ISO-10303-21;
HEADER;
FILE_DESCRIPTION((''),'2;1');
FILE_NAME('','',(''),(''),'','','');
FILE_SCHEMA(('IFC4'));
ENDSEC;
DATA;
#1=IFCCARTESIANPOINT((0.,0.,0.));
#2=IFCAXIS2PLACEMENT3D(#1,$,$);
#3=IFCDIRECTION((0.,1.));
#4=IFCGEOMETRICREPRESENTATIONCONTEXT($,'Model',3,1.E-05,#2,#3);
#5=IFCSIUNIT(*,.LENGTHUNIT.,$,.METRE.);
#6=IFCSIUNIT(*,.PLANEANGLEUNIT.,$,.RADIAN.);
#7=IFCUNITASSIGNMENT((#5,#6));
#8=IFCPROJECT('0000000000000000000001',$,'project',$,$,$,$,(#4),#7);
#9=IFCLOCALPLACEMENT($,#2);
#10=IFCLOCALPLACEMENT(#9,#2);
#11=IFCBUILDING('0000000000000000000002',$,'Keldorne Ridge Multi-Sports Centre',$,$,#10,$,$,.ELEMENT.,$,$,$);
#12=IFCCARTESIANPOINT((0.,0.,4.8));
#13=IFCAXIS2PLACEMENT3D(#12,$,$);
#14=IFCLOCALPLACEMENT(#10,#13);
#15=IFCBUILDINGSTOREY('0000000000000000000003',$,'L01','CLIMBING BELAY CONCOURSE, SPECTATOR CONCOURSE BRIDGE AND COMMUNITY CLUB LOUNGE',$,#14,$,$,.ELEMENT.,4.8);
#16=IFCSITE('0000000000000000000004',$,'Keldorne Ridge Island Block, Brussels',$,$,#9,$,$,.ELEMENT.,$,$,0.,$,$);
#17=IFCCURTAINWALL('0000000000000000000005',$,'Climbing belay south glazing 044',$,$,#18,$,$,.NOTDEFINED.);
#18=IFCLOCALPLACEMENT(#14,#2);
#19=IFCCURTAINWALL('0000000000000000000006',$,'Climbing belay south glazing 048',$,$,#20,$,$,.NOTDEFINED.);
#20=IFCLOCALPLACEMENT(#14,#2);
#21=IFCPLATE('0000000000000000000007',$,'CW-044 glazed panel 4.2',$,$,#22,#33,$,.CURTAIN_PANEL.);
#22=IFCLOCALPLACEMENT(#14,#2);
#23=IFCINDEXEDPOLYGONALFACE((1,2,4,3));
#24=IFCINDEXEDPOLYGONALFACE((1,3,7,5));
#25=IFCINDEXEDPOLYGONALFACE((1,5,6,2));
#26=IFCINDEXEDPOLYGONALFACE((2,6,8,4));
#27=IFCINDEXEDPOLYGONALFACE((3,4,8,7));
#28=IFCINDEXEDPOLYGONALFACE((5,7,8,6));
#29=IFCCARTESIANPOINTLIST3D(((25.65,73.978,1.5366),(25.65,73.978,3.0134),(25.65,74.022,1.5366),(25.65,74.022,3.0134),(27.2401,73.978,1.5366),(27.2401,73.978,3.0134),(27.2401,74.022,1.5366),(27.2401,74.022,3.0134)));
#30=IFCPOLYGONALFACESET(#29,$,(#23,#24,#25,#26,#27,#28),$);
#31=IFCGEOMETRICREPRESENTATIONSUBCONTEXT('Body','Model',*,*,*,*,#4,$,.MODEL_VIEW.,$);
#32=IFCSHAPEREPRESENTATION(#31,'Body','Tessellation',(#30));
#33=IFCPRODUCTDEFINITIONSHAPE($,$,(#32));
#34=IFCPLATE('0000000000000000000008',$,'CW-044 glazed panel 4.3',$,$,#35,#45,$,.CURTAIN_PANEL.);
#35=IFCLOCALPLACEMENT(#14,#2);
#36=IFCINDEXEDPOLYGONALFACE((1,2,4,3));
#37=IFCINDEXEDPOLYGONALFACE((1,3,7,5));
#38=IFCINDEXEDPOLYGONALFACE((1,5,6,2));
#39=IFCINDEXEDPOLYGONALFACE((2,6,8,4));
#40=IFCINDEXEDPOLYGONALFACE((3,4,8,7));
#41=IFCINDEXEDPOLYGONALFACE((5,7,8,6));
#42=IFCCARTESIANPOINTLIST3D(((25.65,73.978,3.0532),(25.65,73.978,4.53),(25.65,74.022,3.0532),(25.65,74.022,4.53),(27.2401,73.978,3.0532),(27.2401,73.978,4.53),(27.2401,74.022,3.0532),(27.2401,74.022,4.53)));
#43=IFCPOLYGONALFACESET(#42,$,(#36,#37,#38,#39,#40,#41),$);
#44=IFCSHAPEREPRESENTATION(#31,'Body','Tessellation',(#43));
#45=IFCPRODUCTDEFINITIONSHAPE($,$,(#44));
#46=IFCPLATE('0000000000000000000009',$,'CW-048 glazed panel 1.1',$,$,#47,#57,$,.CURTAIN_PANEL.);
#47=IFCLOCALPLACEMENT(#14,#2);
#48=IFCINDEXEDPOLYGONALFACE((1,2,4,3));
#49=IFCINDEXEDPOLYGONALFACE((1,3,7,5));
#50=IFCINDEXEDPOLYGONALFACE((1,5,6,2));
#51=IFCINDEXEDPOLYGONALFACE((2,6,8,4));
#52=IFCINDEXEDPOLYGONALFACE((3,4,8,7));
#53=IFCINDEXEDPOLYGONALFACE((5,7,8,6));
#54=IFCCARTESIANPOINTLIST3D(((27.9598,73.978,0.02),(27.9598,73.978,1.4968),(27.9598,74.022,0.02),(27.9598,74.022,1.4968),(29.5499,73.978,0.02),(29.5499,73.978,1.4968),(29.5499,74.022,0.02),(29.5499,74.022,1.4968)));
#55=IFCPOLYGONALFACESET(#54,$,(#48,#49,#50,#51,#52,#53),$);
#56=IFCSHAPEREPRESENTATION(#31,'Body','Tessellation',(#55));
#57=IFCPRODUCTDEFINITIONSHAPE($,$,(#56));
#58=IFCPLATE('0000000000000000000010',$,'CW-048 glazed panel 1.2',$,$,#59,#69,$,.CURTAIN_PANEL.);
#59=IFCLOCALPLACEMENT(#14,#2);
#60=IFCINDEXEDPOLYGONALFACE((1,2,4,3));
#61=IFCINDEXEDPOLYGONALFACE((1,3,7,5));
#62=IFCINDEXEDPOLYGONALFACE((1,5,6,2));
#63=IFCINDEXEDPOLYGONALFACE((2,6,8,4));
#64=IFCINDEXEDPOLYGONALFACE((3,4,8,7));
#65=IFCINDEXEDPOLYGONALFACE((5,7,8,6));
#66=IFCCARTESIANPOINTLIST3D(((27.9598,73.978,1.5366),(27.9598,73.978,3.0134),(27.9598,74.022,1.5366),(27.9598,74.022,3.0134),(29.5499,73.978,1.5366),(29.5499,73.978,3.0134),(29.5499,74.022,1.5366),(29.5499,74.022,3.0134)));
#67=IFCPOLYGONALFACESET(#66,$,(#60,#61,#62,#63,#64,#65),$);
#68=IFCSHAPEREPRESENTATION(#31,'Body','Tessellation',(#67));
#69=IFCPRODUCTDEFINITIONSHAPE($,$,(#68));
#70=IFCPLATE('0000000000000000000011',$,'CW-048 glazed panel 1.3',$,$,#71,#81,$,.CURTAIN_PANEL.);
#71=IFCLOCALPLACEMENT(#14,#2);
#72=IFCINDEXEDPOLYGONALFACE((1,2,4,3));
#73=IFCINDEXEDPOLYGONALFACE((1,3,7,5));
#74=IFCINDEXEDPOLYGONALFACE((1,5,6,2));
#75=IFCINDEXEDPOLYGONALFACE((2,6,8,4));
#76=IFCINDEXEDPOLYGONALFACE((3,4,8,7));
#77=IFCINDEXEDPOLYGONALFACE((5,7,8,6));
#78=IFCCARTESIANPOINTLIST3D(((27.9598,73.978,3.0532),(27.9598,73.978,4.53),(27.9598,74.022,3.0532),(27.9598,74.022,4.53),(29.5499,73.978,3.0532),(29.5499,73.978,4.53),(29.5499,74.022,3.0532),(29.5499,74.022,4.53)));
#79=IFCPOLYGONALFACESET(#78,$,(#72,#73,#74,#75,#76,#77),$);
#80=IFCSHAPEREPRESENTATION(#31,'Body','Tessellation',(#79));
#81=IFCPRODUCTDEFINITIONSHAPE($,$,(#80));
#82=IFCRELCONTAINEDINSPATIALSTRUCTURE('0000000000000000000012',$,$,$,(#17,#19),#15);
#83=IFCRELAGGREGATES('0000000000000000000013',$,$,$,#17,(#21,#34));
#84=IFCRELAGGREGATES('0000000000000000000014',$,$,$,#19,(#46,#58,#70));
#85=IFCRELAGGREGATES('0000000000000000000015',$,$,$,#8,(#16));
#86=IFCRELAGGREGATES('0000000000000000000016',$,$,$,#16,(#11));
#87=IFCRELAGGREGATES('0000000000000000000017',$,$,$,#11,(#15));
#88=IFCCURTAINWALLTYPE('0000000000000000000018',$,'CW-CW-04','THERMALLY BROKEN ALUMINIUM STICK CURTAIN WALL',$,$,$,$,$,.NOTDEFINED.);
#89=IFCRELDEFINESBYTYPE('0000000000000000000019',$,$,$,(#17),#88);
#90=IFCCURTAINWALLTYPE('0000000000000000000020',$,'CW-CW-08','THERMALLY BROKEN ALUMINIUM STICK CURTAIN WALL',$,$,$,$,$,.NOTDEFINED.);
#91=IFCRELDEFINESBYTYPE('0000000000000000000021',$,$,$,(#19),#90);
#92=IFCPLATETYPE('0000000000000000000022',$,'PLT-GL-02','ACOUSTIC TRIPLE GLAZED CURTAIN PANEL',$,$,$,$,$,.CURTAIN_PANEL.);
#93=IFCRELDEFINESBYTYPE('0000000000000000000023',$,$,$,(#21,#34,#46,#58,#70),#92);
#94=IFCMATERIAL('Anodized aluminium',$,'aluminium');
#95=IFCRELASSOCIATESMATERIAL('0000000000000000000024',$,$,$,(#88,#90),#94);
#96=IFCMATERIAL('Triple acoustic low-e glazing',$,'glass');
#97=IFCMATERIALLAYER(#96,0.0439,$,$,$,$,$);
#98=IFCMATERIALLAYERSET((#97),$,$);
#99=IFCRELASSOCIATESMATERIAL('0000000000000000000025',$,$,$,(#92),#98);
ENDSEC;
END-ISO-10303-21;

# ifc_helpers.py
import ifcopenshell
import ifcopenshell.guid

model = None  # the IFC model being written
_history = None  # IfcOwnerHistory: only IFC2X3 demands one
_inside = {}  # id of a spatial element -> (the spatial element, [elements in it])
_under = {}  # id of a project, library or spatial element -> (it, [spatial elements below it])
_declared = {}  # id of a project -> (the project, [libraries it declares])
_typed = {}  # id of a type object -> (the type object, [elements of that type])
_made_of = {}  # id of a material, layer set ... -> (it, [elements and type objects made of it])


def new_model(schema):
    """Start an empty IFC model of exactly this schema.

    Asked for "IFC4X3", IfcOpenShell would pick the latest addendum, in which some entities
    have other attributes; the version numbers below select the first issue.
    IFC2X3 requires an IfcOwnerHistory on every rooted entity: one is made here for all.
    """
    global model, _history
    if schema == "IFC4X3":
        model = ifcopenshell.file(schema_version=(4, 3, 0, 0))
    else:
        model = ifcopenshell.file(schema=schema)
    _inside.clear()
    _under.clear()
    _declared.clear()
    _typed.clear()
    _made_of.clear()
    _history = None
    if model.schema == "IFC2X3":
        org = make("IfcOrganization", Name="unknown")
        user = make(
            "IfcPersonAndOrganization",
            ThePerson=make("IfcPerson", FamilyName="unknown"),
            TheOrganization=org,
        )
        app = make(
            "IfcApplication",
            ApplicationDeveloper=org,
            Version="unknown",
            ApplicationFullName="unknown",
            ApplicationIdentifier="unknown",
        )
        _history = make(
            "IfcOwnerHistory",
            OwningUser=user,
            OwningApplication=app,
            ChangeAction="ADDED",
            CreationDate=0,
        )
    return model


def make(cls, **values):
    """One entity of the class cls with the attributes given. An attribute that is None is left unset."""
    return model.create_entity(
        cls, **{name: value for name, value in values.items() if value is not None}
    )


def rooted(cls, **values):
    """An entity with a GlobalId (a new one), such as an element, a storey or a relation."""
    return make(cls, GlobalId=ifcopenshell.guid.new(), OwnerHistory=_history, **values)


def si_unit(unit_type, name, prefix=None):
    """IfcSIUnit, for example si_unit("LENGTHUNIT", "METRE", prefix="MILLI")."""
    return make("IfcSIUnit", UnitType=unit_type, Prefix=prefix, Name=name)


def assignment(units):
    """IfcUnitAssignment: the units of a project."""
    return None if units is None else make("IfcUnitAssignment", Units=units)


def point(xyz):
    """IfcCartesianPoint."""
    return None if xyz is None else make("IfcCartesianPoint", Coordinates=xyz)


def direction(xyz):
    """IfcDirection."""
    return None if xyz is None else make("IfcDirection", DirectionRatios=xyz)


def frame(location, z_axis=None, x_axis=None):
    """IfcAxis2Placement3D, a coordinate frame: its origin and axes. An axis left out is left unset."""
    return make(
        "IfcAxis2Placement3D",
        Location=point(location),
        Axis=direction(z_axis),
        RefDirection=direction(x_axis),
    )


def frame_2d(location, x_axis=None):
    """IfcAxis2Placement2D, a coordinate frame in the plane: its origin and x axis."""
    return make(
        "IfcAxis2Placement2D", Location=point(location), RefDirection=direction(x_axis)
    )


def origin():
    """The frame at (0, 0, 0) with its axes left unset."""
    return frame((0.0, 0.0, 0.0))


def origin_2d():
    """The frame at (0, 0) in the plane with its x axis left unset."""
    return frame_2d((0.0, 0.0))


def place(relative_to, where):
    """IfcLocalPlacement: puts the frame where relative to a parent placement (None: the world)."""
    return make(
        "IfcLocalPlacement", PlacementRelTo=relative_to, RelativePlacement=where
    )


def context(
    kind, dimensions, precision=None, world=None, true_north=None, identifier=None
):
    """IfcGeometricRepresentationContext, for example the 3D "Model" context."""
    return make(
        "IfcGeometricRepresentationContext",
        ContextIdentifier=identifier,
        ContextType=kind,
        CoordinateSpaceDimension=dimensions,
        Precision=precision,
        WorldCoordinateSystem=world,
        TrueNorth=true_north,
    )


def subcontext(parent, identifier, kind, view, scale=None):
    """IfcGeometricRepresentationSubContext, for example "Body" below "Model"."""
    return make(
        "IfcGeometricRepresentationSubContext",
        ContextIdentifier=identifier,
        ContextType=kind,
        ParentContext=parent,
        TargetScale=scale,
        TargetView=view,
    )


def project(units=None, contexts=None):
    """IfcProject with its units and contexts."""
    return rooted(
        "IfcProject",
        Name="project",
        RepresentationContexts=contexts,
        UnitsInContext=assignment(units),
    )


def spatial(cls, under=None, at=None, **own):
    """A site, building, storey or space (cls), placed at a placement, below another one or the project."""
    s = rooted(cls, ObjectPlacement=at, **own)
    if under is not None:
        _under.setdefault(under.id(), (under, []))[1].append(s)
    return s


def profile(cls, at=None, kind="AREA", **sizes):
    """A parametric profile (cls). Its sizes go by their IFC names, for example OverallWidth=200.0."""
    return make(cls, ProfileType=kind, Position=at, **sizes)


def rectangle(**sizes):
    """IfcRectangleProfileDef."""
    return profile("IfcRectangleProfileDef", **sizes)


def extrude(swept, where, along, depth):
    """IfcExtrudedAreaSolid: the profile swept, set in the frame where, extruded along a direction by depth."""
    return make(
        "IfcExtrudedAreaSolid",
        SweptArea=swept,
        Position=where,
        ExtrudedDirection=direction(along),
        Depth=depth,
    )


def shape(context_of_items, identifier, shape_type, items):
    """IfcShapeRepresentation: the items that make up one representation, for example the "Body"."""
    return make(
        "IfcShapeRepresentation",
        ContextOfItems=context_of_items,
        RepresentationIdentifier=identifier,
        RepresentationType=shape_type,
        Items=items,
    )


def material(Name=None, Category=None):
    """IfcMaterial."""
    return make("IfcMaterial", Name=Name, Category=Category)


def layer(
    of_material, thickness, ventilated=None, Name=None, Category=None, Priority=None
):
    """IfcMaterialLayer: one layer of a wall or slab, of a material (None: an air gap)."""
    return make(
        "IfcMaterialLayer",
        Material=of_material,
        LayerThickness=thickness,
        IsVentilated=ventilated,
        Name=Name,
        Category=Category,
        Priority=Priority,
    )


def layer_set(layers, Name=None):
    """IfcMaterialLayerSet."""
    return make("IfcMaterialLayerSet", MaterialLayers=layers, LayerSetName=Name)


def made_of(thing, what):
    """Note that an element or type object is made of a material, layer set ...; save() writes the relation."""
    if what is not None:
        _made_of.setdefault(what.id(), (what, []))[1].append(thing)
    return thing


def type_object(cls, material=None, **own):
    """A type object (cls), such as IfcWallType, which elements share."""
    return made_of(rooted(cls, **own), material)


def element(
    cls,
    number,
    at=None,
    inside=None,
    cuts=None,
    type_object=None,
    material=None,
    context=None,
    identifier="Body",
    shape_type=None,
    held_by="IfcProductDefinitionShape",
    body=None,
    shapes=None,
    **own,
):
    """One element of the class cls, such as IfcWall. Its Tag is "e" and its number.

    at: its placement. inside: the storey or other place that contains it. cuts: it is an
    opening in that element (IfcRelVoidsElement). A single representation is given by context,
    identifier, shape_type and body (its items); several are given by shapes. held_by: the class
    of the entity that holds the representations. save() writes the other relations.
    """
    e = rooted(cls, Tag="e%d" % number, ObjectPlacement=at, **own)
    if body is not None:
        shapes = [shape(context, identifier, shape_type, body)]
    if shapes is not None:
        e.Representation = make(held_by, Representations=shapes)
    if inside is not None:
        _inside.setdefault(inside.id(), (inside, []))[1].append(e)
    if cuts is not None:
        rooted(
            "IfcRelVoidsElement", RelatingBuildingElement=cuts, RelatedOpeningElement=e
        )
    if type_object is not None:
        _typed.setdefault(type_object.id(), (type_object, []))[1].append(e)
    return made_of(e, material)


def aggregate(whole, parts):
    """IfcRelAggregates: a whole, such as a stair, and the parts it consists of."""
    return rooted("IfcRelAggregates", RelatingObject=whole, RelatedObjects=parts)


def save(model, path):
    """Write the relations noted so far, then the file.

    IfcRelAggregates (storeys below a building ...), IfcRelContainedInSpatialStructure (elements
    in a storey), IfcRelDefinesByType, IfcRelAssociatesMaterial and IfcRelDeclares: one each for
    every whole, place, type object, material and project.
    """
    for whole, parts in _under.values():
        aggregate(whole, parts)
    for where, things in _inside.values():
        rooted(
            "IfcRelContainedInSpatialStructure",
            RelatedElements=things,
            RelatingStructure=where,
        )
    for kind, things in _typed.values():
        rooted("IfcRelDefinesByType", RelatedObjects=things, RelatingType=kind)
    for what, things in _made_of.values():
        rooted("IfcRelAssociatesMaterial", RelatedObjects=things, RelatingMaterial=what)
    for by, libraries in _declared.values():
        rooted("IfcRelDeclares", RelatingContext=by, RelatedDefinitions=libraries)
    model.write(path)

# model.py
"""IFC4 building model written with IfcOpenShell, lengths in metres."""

from ifc_helpers import new_model, si_unit, direction, frame, origin, origin_2d, place, context, subcontext, project, spatial, rectangle, extrude, material, layer, layer_set, type_object, element, aggregate, save


model = new_model("IFC4")

# Units and contexts
model_context = context("Model", 3, precision=1e-05, world=origin(), true_north=direction((0.0, 1.0)))
body_context = subcontext(model_context, "Body", "Model", "MODEL_VIEW")
ifc_project = project(units=[si_unit("LENGTHUNIT", "METRE"), si_unit("PLANEANGLEUNIT", "RADIAN")], contexts=[model_context])

# Site, building, storey
site_placement = place(None, origin())
site = spatial("IfcSite", under=ifc_project, at=site_placement, Name="Keldorne Ridge Island Block, Brussels", CompositionType="ELEMENT", RefElevation=0.0)
building_placement = place(site_placement, origin())
building = spatial("IfcBuilding", under=site, at=building_placement, Name="Keldorne Ridge Multi-Sports Centre", CompositionType="ELEMENT")
storey_placement = place(building_placement, frame((0.0, 0.0, 4.8)))
storey = spatial("IfcBuildingStorey", under=building, at=storey_placement, Name="L01", Description="CLIMBING BELAY CONCOURSE, SPECTATOR CONCOURSE BRIDGE AND COMMUNITY CLUB LOUNGE", CompositionType="ELEMENT", Elevation=4.8)

# Curtain walls
ifc_material_1 = material(Name="Anodized aluminium", Category="aluminium")
curtain_wall_type_1 = type_object("IfcCurtainWallType", Name="CW-CW-04", Description="THERMALLY BROKEN ALUMINIUM STICK CURTAIN WALL", PredefinedType="NOTDEFINED", material=ifc_material_1)
curtain_wall_1_placement = place(storey_placement, origin())
curtain_wall_1 = element("IfcCurtainWall", 1, at=curtain_wall_1_placement, inside=storey, type_object=curtain_wall_type_1, Name="Climbing belay south glazing 044", PredefinedType="NOTDEFINED")
curtain_wall_type_2 = type_object("IfcCurtainWallType", Name="CW-CW-08", Description="THERMALLY BROKEN ALUMINIUM STICK CURTAIN WALL", PredefinedType="NOTDEFINED", material=ifc_material_1)
curtain_wall_2_placement = place(storey_placement, origin())
curtain_wall_2 = element("IfcCurtainWall", 2, at=curtain_wall_2_placement, inside=storey, type_object=curtain_wall_type_2, Name="Climbing belay south glazing 048", PredefinedType="NOTDEFINED")

# Plates
ifc_material_2 = material(Name="Triple acoustic low-e glazing", Category="glass")
ifc_layer = layer(ifc_material_2, 0.0439)
ifc_layer_set = layer_set([ifc_layer])
plate_type = type_object("IfcPlateType", Name="PLT-GL-02", Description="ACOUSTIC TRIPLE GLAZED CURTAIN PANEL", PredefinedType="CURTAIN_PANEL", material=ifc_layer_set)
plate_1_placement = place(storey_placement, frame((26.4451, 74.0, 1.5366), z_axis=(0.0, 0.0, 1.0), x_axis=(1.0, 0.0, 0.0)))
plate_1 = element("IfcPlate", 3, at=plate_1_placement, type_object=plate_type, Name="CW-044 glazed panel 4.2", PredefinedType="CURTAIN_PANEL", context=body_context, shape_type="SweptSolid", body=[
    extrude(rectangle(XDim=1.5901, YDim=0.0439, at=origin_2d()), origin(), (0.0, 0.0, 1.0), 1.4768),
])
plate_2_placement = place(storey_placement, frame((26.4451, 74.0, 3.0532), z_axis=(0.0, 0.0, 1.0), x_axis=(1.0, 0.0, 0.0)))
plate_2 = element("IfcPlate", 4, at=plate_2_placement, type_object=plate_type, Name="CW-044 glazed panel 4.3", PredefinedType="CURTAIN_PANEL", context=body_context, shape_type="SweptSolid", body=[
    extrude(rectangle(XDim=1.5901, YDim=0.0439, at=origin_2d()), origin(), (0.0, 0.0, 1.0), 1.4768),
])
aggregate(curtain_wall_1, [plate_1, plate_2])
plate_3_placement = place(storey_placement, frame((28.7549, 74.0, 0.02), z_axis=(0.0, 0.0, 1.0), x_axis=(1.0, 0.0, 0.0)))
plate_3 = element("IfcPlate", 5, at=plate_3_placement, type_object=plate_type, Name="CW-048 glazed panel 1.1", PredefinedType="CURTAIN_PANEL", context=body_context, shape_type="SweptSolid", body=[
    extrude(rectangle(XDim=1.5901, YDim=0.0439, at=origin_2d()), origin(), (0.0, 0.0, 1.0), 1.4768),
])
plate_4_placement = place(storey_placement, frame((28.7549, 74.0, 1.5366), z_axis=(0.0, 0.0, 1.0), x_axis=(1.0, 0.0, 0.0)))
plate_4 = element("IfcPlate", 6, at=plate_4_placement, type_object=plate_type, Name="CW-048 glazed panel 1.2", PredefinedType="CURTAIN_PANEL", context=body_context, shape_type="SweptSolid", body=[
    extrude(rectangle(XDim=1.5901, YDim=0.0439, at=origin_2d()), origin(), (0.0, 0.0, 1.0), 1.4768),
])
plate_5_placement = place(storey_placement, frame((28.7549, 74.0, 3.0532), z_axis=(0.0, 0.0, 1.0), x_axis=(1.0, 0.0, 0.0)))
plate_5 = element("IfcPlate", 7, at=plate_5_placement, type_object=plate_type, Name="CW-048 glazed panel 1.3", PredefinedType="CURTAIN_PANEL", context=body_context, shape_type="SweptSolid", body=[
    extrude(rectangle(XDim=1.5901, YDim=0.0439, at=origin_2d()), origin(), (0.0, 0.0, 1.0), 1.4768),
])
aggregate(curtain_wall_2, [plate_3, plate_4, plate_5])

save(model, "model.ifc")
